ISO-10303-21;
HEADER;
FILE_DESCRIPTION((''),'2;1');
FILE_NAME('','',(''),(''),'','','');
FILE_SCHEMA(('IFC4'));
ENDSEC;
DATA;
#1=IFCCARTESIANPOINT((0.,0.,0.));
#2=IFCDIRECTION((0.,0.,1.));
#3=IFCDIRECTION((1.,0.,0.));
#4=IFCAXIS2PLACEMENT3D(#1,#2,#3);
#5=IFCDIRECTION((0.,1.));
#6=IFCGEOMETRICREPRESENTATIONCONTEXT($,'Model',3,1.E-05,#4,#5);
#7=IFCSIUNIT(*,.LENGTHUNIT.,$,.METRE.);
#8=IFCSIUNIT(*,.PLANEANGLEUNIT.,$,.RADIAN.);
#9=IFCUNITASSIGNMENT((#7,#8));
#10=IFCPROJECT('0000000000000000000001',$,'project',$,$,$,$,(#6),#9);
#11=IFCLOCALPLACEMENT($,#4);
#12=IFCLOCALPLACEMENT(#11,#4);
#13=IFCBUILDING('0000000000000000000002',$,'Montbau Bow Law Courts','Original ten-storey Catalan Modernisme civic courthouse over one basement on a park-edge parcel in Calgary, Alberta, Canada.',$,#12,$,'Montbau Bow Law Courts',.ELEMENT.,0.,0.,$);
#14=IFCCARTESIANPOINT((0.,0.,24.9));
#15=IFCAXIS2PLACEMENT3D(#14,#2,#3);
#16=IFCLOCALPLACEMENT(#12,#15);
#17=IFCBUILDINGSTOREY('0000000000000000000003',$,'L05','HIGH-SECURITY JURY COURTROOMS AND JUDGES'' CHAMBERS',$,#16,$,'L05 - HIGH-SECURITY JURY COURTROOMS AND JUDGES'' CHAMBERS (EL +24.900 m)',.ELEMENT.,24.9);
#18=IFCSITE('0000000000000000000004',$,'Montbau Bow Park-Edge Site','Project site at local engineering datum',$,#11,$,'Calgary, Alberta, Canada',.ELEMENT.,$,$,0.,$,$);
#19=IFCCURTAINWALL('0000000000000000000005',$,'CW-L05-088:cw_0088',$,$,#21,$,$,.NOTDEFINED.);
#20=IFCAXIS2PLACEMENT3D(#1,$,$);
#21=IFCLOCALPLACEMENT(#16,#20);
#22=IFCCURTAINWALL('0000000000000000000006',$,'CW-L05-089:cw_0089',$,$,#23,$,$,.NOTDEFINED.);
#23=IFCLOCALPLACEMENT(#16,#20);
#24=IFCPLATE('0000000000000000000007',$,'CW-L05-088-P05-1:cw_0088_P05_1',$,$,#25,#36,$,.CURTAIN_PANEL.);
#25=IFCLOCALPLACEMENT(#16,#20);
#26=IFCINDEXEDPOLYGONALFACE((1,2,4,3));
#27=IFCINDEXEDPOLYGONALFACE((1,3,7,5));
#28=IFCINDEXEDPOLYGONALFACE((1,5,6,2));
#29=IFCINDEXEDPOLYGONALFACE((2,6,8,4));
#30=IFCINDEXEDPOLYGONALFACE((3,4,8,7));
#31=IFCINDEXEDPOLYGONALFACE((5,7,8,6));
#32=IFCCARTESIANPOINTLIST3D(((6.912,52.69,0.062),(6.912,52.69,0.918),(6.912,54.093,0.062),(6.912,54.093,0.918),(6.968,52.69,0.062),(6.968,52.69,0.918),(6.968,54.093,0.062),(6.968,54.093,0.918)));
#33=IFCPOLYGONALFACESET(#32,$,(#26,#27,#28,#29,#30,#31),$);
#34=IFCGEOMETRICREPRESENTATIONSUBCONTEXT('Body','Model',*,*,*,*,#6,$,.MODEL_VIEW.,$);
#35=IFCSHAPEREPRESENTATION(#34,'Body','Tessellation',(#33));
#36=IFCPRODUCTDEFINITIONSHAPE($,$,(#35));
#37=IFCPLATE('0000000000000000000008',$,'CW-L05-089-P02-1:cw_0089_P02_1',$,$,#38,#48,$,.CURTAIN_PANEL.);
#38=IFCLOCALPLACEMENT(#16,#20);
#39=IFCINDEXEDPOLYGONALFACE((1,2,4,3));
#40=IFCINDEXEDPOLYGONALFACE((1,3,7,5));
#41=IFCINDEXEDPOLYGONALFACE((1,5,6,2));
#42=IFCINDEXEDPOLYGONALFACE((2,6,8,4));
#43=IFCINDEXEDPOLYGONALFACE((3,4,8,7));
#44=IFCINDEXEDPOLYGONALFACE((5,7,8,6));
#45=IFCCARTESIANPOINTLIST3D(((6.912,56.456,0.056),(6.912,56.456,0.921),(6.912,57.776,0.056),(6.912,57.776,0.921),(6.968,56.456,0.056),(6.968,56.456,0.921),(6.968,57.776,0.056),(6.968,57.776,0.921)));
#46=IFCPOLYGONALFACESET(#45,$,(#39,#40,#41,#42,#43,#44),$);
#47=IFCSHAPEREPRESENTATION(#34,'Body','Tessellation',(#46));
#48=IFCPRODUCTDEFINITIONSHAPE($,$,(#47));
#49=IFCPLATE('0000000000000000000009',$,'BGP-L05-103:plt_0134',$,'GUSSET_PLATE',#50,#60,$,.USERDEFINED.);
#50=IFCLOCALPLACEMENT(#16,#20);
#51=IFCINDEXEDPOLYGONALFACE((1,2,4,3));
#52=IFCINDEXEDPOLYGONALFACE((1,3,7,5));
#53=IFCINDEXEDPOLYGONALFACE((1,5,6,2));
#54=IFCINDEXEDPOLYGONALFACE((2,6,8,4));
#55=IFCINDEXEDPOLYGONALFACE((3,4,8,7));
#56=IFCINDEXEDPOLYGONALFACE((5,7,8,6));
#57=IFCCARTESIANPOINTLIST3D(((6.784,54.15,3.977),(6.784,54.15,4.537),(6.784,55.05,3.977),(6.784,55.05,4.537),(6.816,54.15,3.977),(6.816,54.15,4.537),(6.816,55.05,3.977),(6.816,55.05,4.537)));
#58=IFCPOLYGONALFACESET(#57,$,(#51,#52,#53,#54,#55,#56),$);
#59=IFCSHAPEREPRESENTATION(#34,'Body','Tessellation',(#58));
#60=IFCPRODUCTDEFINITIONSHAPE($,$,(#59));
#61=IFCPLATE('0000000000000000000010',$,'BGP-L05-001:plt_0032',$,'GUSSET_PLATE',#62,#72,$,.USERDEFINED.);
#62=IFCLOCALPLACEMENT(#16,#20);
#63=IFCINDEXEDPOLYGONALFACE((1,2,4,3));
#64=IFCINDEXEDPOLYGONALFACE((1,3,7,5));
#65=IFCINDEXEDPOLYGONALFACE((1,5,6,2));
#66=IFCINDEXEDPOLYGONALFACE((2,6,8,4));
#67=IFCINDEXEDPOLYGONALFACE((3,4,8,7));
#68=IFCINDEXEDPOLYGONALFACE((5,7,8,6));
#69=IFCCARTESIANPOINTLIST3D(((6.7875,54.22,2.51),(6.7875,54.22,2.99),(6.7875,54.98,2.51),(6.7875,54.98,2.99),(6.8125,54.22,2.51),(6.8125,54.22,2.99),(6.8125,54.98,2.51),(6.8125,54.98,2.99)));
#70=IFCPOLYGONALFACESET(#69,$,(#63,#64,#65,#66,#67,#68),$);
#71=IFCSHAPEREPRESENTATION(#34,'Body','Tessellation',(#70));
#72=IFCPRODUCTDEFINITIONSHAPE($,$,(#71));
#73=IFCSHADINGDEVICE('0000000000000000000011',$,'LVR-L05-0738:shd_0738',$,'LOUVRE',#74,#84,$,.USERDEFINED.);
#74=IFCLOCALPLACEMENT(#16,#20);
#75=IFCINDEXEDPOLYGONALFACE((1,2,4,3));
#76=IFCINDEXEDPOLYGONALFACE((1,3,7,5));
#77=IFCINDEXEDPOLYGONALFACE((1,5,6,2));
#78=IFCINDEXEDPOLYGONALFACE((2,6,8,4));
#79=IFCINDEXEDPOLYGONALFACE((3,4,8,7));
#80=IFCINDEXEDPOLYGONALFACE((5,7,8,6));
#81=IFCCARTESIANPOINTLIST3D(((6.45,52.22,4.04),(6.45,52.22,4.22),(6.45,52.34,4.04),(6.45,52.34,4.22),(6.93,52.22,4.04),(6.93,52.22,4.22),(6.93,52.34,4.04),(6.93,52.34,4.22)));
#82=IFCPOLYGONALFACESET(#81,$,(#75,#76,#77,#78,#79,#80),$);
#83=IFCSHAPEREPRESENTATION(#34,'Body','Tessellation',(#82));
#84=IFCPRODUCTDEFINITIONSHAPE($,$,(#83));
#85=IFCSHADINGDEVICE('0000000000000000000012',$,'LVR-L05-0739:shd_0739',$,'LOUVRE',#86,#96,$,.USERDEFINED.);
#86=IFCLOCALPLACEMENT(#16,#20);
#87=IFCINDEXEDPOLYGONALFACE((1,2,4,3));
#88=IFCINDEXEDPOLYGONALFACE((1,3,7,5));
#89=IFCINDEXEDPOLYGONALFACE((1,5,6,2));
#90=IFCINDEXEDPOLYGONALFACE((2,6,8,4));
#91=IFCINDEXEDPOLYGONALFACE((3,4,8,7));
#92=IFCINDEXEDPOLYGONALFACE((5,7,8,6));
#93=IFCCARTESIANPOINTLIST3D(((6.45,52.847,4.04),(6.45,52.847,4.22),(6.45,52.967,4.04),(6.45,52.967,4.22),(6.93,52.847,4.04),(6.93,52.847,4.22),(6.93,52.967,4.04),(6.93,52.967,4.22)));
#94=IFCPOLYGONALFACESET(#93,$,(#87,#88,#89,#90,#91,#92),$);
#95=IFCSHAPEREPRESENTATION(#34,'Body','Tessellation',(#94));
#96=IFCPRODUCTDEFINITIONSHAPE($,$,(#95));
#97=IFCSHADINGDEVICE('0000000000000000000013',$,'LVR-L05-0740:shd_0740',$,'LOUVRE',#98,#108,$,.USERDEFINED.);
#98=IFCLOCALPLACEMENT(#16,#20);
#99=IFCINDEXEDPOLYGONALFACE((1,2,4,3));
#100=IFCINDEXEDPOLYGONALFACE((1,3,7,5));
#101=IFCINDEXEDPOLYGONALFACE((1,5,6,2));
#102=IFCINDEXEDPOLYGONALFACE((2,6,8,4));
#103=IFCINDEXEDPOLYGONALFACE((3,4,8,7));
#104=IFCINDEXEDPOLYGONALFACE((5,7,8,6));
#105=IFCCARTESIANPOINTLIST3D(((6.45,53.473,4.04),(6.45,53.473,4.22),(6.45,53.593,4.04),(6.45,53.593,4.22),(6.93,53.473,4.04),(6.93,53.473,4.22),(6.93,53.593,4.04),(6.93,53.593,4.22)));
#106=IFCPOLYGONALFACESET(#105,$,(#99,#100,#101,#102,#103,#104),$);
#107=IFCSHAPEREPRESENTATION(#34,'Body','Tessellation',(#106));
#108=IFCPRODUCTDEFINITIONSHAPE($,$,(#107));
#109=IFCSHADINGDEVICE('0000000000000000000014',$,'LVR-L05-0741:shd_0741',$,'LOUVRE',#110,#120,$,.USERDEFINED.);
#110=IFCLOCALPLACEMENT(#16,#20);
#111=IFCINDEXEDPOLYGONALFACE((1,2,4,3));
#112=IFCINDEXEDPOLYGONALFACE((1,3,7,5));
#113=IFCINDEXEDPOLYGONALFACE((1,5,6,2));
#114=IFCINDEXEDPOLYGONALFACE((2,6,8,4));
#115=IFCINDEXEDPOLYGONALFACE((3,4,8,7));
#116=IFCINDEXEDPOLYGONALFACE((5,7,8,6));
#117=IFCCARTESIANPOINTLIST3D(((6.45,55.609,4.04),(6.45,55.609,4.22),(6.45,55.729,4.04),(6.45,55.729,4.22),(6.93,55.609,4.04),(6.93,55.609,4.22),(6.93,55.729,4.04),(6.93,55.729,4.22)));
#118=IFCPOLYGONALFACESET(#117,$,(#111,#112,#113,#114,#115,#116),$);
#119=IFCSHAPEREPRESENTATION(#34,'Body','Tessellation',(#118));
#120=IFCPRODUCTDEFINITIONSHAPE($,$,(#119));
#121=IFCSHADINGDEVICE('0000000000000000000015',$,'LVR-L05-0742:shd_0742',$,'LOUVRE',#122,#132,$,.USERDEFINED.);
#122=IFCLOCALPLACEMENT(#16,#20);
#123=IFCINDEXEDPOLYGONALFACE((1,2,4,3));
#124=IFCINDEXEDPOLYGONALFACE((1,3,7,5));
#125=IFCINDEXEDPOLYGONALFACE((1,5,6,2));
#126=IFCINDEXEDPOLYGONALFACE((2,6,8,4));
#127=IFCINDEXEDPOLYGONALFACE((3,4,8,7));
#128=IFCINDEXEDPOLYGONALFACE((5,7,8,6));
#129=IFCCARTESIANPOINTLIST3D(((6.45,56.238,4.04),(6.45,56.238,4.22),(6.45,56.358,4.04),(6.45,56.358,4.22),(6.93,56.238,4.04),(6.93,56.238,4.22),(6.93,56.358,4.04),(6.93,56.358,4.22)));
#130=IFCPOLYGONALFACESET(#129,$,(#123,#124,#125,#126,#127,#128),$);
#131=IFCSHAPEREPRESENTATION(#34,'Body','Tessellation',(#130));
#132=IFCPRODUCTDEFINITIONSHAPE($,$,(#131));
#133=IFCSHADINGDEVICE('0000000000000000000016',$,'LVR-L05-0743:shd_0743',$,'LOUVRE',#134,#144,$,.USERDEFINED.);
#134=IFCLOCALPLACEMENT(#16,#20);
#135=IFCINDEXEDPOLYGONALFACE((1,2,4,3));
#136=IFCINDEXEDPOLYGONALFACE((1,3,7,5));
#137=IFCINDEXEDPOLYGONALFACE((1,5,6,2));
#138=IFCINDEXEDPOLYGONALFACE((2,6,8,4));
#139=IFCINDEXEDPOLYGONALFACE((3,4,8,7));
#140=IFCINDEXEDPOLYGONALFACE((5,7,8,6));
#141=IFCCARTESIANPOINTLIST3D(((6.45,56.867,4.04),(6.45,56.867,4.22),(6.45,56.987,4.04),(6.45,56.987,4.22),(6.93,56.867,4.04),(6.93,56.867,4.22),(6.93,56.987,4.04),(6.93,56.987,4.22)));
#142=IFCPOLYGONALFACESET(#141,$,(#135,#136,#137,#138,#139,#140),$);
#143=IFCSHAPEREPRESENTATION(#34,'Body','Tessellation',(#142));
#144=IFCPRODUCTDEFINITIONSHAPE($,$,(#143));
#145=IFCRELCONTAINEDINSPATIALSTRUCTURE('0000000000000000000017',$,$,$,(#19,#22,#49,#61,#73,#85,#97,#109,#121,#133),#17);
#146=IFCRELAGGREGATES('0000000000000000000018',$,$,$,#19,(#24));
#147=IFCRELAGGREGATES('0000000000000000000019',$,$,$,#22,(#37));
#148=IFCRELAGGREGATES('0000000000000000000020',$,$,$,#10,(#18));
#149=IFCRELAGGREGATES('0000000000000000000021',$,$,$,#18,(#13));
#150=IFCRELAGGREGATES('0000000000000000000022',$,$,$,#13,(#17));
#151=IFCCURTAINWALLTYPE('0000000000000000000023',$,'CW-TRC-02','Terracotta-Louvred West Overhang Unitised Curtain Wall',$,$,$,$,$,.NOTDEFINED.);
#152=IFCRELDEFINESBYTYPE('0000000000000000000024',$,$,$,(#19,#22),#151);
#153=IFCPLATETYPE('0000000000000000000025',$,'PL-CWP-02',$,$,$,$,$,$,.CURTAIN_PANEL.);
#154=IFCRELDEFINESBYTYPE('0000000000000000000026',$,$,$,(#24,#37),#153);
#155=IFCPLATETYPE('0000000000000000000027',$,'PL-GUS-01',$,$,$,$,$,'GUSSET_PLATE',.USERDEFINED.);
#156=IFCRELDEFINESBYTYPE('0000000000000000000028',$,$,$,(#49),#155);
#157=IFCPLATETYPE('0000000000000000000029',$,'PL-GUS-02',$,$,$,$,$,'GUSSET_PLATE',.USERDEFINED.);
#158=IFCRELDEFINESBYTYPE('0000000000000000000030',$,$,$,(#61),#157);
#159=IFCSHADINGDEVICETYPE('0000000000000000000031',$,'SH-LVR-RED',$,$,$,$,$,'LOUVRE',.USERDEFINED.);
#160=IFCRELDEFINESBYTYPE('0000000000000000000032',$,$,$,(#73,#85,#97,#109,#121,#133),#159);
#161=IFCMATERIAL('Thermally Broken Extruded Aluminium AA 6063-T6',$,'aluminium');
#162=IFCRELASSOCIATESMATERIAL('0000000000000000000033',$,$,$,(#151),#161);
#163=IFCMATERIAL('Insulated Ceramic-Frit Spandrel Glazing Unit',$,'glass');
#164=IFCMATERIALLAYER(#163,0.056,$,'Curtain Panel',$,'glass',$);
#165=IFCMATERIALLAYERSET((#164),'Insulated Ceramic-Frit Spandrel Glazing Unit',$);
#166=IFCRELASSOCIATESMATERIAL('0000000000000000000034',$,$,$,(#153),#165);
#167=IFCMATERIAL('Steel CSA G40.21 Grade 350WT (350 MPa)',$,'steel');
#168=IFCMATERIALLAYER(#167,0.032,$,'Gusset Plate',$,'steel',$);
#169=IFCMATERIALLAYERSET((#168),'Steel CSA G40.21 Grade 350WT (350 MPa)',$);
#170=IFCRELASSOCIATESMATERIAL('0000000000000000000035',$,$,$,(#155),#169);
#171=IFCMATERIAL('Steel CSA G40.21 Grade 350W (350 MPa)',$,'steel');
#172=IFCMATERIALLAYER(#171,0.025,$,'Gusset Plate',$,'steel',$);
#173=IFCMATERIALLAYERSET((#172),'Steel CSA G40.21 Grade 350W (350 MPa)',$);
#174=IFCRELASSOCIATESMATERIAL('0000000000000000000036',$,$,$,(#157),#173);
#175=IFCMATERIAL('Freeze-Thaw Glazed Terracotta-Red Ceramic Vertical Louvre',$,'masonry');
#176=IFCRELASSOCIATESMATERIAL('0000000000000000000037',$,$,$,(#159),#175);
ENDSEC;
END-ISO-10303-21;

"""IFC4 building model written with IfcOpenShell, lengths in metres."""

from ifc_helpers import new_model, si_unit, direction, frame, frame_2d, origin_with_axes, origin_2d_with_axis, place, context, subcontext, project, spatial, rectangle, extrude, material, layer, layer_set, type_object, element, aggregate, save


model = new_model("IFC4")

# Units and contexts
model_context = context("Model", 3, precision=1e-05, world=origin_with_axes(), true_north=direction((0.0, 1.0)))
body_context = subcontext(model_context, "Body", "Model", "MODEL_VIEW")
ifc_project = project(units=[si_unit("LENGTHUNIT", "METRE"), si_unit("PLANEANGLEUNIT", "RADIAN")], contexts=[model_context])

# Site, building, storey
site_placement = place(None, origin_with_axes())
site = spatial("IfcSite", under=ifc_project, at=site_placement, Name="Montbau Bow Park-Edge Site", Description="Project site at local engineering datum", LongName="Calgary, Alberta, Canada", CompositionType="ELEMENT", RefElevation=0.0)
building_placement = place(site_placement, origin_with_axes())
building = spatial("IfcBuilding", under=site, at=building_placement, Name="Montbau Bow Law Courts", Description="Original ten-storey Catalan Modernisme civic courthouse over one basement on a park-edge parcel in Calgary, Alberta, Canada.", LongName="Montbau Bow Law Courts", CompositionType="ELEMENT", ElevationOfRefHeight=0.0, ElevationOfTerrain=0.0)
storey_placement = place(building_placement, frame((0.0, 0.0, 24.9), z_axis=(0.0, 0.0, 1.0), x_axis=(1.0, 0.0, 0.0)))
storey = spatial("IfcBuildingStorey", under=building, at=storey_placement, Name="L05", Description="HIGH-SECURITY JURY COURTROOMS AND JUDGES' CHAMBERS", LongName="L05 - HIGH-SECURITY JURY COURTROOMS AND JUDGES' CHAMBERS (EL +24.900 m)", CompositionType="ELEMENT", Elevation=24.9)

# Shared definitions
ifc_material_1 = material(Name="Steel CSA G40.21 Grade 350W (350 MPa)", Category="steel")
ifc_material_2 = material(Name="Steel CSA G40.21 Grade 350WT (350 MPa)", Category="steel")

# Curtain walls
ifc_material_3 = material(Name="Thermally Broken Extruded Aluminium AA 6063-T6", Category="aluminium")
curtain_wall_type = type_object("IfcCurtainWallType", Name="CW-TRC-02", Description="Terracotta-Louvred West Overhang Unitised Curtain Wall", PredefinedType="NOTDEFINED", material=ifc_material_3)
curtain_wall_1_placement = place(None, frame((6.94, 46.64, 24.9), z_axis=(0.0, 0.0, 1.0), x_axis=(1.0, 0.0, 0.0)))
curtain_wall_1 = element("IfcCurtainWall", 1, at=curtain_wall_1_placement, inside=storey, type_object=curtain_wall_type, Name="CW-L05-088:cw_0088", PredefinedType="NOTDEFINED")
curtain_wall_2_placement = place(None, frame((6.94, 55.04, 24.9), z_axis=(0.0, 0.0, 1.0), x_axis=(1.0, 0.0, 0.0)))
curtain_wall_2 = element("IfcCurtainWall", 2, at=curtain_wall_2_placement, inside=storey, type_object=curtain_wall_type, Name="CW-L05-089:cw_0089", PredefinedType="NOTDEFINED")

# Plates
ifc_material_4 = material(Name="Insulated Ceramic-Frit Spandrel Glazing Unit", Category="glass")
ifc_layer_1 = layer(ifc_material_4, 0.056, Name="Curtain Panel", Category="glass")
ifc_layer_set_1 = layer_set([ifc_layer_1], Name="Insulated Ceramic-Frit Spandrel Glazing Unit")
plate_type_1 = type_object("IfcPlateType", Name="PL-CWP-02", PredefinedType="CURTAIN_PANEL", material=ifc_layer_set_1)
plate_1_placement = place(None, frame((6.94, 52.69, 24.962), z_axis=(1.0, 0.0, 0.0), x_axis=(0.0, 1.0, 0.0)))
plate_1 = element("IfcPlate", 3, at=plate_1_placement, type_object=plate_type_1, Name="CW-L05-088-P05-1:cw_0088_P05_1", PredefinedType="CURTAIN_PANEL", context=body_context, shape_type="SweptSolid", body=[
    extrude(rectangle(XDim=1.403, YDim=0.856, at=frame_2d((0.7015, 0.428), x_axis=(1.0, 0.0))), frame((0.0, 0.0, -0.028), z_axis=(0.0, 0.0, 1.0), x_axis=(1.0, 0.0, 0.0)), (0.0, 0.0, 1.0), 0.056),
])
aggregate(curtain_wall_1, [plate_1])
plate_2_placement = place(None, frame((6.94, 56.456, 24.956), z_axis=(1.0, 0.0, 0.0), x_axis=(0.0, 1.0, 0.0)))
plate_2 = element("IfcPlate", 4, at=plate_2_placement, type_object=plate_type_1, Name="CW-L05-089-P02-1:cw_0089_P02_1", PredefinedType="CURTAIN_PANEL", context=body_context, shape_type="SweptSolid", body=[
    extrude(rectangle(XDim=1.32, YDim=0.865, at=frame_2d((0.66, 0.4325), x_axis=(1.0, 0.0))), frame((0.0, 0.0, -0.028), z_axis=(0.0, 0.0, 1.0), x_axis=(1.0, 0.0, 0.0)), (0.0, 0.0, 1.0), 0.056),
])
aggregate(curtain_wall_2, [plate_2])

# Plates
ifc_layer_2 = layer(ifc_material_2, 0.032, Name="Gusset Plate", Category="steel")
ifc_layer_set_2 = layer_set([ifc_layer_2], Name="Steel CSA G40.21 Grade 350WT (350 MPa)")
plate_type_2 = type_object("IfcPlateType", Name="PL-GUS-01", ElementType="GUSSET_PLATE", PredefinedType="USERDEFINED", material=ifc_layer_set_2)
plate_3_placement = place(None, frame((6.8, 54.6, 28.877), z_axis=(0.0, 0.0, 1.0), x_axis=(0.0, 1.0, 0.0)))
element("IfcPlate", 5, at=plate_3_placement, inside=storey, type_object=plate_type_2, Name="BGP-L05-103:plt_0134", ObjectType="GUSSET_PLATE", PredefinedType="USERDEFINED", context=body_context, shape_type="SweptSolid", body=[
    extrude(rectangle(XDim=0.9, YDim=0.032, at=origin_2d_with_axis()), origin_with_axes(), (0.0, 0.0, 1.0), 0.56),
])
ifc_layer_3 = layer(ifc_material_1, 0.025, Name="Gusset Plate", Category="steel")
ifc_layer_set_3 = layer_set([ifc_layer_3], Name="Steel CSA G40.21 Grade 350W (350 MPa)")
plate_type_3 = type_object("IfcPlateType", Name="PL-GUS-02", ElementType="GUSSET_PLATE", PredefinedType="USERDEFINED", material=ifc_layer_set_3)
plate_4_placement = place(None, frame((6.8, 54.6, 27.41), z_axis=(0.0, 0.0, 1.0), x_axis=(0.0, 1.0, 0.0)))
element("IfcPlate", 6, at=plate_4_placement, inside=storey, type_object=plate_type_3, Name="BGP-L05-001:plt_0032", ObjectType="GUSSET_PLATE", PredefinedType="USERDEFINED", context=body_context, shape_type="SweptSolid", body=[
    extrude(rectangle(XDim=0.76, YDim=0.025, at=origin_2d_with_axis()), origin_with_axes(), (0.0, 0.0, 1.0), 0.48),
])

# Shading devices
ifc_material_5 = material(Name="Freeze-Thaw Glazed Terracotta-Red Ceramic Vertical Louvre", Category="masonry")
shading_device_type = type_object("IfcShadingDeviceType", Name="SH-LVR-RED", ElementType="LOUVRE", PredefinedType="USERDEFINED", material=ifc_material_5)
for number, where, z_axis, x_axis, name in (
    (7, (6.69, 52.28, 28.94), (0.0, 0.0, 1.0), (-1.0, 0.0, 0.0), "LVR-L05-0738:shd_0738"),
    (8, (6.69, 52.907, 28.94), (0.0, 0.0, 1.0), (-1.0, 0.0, 0.0), "LVR-L05-0739:shd_0739"),
    (9, (6.69, 53.533, 28.94), (0.0, 0.0, 1.0), (-1.0, 0.0, 0.0), "LVR-L05-0740:shd_0740"),
    (10, (6.69, 55.669, 28.94), (0.0, 0.0, 1.0), (-1.0, 0.0, 0.0), "LVR-L05-0741:shd_0741"),
    (11, (6.69, 56.298, 28.94), (0.0, 0.0, 1.0), (-1.0, 0.0, 0.0), "LVR-L05-0742:shd_0742"),
    (12, (6.69, 56.927, 28.94), (0.0, 0.0, 1.0), (-1.0, 0.0, 0.0), "LVR-L05-0743:shd_0743"),
):
    element("IfcShadingDevice", number, at=place(None, frame(where, z_axis=z_axis, x_axis=x_axis)), inside=storey, type_object=shading_device_type, Name=name, ObjectType="LOUVRE", PredefinedType="USERDEFINED", context=body_context, shape_type="SweptSolid", body=[
        extrude(rectangle(XDim=0.48, YDim=0.12, at=origin_2d_with_axis()), origin_with_axes(), (0.0, 0.0, 1.0), 0.18),
    ])

save(model, "model.ifc")
